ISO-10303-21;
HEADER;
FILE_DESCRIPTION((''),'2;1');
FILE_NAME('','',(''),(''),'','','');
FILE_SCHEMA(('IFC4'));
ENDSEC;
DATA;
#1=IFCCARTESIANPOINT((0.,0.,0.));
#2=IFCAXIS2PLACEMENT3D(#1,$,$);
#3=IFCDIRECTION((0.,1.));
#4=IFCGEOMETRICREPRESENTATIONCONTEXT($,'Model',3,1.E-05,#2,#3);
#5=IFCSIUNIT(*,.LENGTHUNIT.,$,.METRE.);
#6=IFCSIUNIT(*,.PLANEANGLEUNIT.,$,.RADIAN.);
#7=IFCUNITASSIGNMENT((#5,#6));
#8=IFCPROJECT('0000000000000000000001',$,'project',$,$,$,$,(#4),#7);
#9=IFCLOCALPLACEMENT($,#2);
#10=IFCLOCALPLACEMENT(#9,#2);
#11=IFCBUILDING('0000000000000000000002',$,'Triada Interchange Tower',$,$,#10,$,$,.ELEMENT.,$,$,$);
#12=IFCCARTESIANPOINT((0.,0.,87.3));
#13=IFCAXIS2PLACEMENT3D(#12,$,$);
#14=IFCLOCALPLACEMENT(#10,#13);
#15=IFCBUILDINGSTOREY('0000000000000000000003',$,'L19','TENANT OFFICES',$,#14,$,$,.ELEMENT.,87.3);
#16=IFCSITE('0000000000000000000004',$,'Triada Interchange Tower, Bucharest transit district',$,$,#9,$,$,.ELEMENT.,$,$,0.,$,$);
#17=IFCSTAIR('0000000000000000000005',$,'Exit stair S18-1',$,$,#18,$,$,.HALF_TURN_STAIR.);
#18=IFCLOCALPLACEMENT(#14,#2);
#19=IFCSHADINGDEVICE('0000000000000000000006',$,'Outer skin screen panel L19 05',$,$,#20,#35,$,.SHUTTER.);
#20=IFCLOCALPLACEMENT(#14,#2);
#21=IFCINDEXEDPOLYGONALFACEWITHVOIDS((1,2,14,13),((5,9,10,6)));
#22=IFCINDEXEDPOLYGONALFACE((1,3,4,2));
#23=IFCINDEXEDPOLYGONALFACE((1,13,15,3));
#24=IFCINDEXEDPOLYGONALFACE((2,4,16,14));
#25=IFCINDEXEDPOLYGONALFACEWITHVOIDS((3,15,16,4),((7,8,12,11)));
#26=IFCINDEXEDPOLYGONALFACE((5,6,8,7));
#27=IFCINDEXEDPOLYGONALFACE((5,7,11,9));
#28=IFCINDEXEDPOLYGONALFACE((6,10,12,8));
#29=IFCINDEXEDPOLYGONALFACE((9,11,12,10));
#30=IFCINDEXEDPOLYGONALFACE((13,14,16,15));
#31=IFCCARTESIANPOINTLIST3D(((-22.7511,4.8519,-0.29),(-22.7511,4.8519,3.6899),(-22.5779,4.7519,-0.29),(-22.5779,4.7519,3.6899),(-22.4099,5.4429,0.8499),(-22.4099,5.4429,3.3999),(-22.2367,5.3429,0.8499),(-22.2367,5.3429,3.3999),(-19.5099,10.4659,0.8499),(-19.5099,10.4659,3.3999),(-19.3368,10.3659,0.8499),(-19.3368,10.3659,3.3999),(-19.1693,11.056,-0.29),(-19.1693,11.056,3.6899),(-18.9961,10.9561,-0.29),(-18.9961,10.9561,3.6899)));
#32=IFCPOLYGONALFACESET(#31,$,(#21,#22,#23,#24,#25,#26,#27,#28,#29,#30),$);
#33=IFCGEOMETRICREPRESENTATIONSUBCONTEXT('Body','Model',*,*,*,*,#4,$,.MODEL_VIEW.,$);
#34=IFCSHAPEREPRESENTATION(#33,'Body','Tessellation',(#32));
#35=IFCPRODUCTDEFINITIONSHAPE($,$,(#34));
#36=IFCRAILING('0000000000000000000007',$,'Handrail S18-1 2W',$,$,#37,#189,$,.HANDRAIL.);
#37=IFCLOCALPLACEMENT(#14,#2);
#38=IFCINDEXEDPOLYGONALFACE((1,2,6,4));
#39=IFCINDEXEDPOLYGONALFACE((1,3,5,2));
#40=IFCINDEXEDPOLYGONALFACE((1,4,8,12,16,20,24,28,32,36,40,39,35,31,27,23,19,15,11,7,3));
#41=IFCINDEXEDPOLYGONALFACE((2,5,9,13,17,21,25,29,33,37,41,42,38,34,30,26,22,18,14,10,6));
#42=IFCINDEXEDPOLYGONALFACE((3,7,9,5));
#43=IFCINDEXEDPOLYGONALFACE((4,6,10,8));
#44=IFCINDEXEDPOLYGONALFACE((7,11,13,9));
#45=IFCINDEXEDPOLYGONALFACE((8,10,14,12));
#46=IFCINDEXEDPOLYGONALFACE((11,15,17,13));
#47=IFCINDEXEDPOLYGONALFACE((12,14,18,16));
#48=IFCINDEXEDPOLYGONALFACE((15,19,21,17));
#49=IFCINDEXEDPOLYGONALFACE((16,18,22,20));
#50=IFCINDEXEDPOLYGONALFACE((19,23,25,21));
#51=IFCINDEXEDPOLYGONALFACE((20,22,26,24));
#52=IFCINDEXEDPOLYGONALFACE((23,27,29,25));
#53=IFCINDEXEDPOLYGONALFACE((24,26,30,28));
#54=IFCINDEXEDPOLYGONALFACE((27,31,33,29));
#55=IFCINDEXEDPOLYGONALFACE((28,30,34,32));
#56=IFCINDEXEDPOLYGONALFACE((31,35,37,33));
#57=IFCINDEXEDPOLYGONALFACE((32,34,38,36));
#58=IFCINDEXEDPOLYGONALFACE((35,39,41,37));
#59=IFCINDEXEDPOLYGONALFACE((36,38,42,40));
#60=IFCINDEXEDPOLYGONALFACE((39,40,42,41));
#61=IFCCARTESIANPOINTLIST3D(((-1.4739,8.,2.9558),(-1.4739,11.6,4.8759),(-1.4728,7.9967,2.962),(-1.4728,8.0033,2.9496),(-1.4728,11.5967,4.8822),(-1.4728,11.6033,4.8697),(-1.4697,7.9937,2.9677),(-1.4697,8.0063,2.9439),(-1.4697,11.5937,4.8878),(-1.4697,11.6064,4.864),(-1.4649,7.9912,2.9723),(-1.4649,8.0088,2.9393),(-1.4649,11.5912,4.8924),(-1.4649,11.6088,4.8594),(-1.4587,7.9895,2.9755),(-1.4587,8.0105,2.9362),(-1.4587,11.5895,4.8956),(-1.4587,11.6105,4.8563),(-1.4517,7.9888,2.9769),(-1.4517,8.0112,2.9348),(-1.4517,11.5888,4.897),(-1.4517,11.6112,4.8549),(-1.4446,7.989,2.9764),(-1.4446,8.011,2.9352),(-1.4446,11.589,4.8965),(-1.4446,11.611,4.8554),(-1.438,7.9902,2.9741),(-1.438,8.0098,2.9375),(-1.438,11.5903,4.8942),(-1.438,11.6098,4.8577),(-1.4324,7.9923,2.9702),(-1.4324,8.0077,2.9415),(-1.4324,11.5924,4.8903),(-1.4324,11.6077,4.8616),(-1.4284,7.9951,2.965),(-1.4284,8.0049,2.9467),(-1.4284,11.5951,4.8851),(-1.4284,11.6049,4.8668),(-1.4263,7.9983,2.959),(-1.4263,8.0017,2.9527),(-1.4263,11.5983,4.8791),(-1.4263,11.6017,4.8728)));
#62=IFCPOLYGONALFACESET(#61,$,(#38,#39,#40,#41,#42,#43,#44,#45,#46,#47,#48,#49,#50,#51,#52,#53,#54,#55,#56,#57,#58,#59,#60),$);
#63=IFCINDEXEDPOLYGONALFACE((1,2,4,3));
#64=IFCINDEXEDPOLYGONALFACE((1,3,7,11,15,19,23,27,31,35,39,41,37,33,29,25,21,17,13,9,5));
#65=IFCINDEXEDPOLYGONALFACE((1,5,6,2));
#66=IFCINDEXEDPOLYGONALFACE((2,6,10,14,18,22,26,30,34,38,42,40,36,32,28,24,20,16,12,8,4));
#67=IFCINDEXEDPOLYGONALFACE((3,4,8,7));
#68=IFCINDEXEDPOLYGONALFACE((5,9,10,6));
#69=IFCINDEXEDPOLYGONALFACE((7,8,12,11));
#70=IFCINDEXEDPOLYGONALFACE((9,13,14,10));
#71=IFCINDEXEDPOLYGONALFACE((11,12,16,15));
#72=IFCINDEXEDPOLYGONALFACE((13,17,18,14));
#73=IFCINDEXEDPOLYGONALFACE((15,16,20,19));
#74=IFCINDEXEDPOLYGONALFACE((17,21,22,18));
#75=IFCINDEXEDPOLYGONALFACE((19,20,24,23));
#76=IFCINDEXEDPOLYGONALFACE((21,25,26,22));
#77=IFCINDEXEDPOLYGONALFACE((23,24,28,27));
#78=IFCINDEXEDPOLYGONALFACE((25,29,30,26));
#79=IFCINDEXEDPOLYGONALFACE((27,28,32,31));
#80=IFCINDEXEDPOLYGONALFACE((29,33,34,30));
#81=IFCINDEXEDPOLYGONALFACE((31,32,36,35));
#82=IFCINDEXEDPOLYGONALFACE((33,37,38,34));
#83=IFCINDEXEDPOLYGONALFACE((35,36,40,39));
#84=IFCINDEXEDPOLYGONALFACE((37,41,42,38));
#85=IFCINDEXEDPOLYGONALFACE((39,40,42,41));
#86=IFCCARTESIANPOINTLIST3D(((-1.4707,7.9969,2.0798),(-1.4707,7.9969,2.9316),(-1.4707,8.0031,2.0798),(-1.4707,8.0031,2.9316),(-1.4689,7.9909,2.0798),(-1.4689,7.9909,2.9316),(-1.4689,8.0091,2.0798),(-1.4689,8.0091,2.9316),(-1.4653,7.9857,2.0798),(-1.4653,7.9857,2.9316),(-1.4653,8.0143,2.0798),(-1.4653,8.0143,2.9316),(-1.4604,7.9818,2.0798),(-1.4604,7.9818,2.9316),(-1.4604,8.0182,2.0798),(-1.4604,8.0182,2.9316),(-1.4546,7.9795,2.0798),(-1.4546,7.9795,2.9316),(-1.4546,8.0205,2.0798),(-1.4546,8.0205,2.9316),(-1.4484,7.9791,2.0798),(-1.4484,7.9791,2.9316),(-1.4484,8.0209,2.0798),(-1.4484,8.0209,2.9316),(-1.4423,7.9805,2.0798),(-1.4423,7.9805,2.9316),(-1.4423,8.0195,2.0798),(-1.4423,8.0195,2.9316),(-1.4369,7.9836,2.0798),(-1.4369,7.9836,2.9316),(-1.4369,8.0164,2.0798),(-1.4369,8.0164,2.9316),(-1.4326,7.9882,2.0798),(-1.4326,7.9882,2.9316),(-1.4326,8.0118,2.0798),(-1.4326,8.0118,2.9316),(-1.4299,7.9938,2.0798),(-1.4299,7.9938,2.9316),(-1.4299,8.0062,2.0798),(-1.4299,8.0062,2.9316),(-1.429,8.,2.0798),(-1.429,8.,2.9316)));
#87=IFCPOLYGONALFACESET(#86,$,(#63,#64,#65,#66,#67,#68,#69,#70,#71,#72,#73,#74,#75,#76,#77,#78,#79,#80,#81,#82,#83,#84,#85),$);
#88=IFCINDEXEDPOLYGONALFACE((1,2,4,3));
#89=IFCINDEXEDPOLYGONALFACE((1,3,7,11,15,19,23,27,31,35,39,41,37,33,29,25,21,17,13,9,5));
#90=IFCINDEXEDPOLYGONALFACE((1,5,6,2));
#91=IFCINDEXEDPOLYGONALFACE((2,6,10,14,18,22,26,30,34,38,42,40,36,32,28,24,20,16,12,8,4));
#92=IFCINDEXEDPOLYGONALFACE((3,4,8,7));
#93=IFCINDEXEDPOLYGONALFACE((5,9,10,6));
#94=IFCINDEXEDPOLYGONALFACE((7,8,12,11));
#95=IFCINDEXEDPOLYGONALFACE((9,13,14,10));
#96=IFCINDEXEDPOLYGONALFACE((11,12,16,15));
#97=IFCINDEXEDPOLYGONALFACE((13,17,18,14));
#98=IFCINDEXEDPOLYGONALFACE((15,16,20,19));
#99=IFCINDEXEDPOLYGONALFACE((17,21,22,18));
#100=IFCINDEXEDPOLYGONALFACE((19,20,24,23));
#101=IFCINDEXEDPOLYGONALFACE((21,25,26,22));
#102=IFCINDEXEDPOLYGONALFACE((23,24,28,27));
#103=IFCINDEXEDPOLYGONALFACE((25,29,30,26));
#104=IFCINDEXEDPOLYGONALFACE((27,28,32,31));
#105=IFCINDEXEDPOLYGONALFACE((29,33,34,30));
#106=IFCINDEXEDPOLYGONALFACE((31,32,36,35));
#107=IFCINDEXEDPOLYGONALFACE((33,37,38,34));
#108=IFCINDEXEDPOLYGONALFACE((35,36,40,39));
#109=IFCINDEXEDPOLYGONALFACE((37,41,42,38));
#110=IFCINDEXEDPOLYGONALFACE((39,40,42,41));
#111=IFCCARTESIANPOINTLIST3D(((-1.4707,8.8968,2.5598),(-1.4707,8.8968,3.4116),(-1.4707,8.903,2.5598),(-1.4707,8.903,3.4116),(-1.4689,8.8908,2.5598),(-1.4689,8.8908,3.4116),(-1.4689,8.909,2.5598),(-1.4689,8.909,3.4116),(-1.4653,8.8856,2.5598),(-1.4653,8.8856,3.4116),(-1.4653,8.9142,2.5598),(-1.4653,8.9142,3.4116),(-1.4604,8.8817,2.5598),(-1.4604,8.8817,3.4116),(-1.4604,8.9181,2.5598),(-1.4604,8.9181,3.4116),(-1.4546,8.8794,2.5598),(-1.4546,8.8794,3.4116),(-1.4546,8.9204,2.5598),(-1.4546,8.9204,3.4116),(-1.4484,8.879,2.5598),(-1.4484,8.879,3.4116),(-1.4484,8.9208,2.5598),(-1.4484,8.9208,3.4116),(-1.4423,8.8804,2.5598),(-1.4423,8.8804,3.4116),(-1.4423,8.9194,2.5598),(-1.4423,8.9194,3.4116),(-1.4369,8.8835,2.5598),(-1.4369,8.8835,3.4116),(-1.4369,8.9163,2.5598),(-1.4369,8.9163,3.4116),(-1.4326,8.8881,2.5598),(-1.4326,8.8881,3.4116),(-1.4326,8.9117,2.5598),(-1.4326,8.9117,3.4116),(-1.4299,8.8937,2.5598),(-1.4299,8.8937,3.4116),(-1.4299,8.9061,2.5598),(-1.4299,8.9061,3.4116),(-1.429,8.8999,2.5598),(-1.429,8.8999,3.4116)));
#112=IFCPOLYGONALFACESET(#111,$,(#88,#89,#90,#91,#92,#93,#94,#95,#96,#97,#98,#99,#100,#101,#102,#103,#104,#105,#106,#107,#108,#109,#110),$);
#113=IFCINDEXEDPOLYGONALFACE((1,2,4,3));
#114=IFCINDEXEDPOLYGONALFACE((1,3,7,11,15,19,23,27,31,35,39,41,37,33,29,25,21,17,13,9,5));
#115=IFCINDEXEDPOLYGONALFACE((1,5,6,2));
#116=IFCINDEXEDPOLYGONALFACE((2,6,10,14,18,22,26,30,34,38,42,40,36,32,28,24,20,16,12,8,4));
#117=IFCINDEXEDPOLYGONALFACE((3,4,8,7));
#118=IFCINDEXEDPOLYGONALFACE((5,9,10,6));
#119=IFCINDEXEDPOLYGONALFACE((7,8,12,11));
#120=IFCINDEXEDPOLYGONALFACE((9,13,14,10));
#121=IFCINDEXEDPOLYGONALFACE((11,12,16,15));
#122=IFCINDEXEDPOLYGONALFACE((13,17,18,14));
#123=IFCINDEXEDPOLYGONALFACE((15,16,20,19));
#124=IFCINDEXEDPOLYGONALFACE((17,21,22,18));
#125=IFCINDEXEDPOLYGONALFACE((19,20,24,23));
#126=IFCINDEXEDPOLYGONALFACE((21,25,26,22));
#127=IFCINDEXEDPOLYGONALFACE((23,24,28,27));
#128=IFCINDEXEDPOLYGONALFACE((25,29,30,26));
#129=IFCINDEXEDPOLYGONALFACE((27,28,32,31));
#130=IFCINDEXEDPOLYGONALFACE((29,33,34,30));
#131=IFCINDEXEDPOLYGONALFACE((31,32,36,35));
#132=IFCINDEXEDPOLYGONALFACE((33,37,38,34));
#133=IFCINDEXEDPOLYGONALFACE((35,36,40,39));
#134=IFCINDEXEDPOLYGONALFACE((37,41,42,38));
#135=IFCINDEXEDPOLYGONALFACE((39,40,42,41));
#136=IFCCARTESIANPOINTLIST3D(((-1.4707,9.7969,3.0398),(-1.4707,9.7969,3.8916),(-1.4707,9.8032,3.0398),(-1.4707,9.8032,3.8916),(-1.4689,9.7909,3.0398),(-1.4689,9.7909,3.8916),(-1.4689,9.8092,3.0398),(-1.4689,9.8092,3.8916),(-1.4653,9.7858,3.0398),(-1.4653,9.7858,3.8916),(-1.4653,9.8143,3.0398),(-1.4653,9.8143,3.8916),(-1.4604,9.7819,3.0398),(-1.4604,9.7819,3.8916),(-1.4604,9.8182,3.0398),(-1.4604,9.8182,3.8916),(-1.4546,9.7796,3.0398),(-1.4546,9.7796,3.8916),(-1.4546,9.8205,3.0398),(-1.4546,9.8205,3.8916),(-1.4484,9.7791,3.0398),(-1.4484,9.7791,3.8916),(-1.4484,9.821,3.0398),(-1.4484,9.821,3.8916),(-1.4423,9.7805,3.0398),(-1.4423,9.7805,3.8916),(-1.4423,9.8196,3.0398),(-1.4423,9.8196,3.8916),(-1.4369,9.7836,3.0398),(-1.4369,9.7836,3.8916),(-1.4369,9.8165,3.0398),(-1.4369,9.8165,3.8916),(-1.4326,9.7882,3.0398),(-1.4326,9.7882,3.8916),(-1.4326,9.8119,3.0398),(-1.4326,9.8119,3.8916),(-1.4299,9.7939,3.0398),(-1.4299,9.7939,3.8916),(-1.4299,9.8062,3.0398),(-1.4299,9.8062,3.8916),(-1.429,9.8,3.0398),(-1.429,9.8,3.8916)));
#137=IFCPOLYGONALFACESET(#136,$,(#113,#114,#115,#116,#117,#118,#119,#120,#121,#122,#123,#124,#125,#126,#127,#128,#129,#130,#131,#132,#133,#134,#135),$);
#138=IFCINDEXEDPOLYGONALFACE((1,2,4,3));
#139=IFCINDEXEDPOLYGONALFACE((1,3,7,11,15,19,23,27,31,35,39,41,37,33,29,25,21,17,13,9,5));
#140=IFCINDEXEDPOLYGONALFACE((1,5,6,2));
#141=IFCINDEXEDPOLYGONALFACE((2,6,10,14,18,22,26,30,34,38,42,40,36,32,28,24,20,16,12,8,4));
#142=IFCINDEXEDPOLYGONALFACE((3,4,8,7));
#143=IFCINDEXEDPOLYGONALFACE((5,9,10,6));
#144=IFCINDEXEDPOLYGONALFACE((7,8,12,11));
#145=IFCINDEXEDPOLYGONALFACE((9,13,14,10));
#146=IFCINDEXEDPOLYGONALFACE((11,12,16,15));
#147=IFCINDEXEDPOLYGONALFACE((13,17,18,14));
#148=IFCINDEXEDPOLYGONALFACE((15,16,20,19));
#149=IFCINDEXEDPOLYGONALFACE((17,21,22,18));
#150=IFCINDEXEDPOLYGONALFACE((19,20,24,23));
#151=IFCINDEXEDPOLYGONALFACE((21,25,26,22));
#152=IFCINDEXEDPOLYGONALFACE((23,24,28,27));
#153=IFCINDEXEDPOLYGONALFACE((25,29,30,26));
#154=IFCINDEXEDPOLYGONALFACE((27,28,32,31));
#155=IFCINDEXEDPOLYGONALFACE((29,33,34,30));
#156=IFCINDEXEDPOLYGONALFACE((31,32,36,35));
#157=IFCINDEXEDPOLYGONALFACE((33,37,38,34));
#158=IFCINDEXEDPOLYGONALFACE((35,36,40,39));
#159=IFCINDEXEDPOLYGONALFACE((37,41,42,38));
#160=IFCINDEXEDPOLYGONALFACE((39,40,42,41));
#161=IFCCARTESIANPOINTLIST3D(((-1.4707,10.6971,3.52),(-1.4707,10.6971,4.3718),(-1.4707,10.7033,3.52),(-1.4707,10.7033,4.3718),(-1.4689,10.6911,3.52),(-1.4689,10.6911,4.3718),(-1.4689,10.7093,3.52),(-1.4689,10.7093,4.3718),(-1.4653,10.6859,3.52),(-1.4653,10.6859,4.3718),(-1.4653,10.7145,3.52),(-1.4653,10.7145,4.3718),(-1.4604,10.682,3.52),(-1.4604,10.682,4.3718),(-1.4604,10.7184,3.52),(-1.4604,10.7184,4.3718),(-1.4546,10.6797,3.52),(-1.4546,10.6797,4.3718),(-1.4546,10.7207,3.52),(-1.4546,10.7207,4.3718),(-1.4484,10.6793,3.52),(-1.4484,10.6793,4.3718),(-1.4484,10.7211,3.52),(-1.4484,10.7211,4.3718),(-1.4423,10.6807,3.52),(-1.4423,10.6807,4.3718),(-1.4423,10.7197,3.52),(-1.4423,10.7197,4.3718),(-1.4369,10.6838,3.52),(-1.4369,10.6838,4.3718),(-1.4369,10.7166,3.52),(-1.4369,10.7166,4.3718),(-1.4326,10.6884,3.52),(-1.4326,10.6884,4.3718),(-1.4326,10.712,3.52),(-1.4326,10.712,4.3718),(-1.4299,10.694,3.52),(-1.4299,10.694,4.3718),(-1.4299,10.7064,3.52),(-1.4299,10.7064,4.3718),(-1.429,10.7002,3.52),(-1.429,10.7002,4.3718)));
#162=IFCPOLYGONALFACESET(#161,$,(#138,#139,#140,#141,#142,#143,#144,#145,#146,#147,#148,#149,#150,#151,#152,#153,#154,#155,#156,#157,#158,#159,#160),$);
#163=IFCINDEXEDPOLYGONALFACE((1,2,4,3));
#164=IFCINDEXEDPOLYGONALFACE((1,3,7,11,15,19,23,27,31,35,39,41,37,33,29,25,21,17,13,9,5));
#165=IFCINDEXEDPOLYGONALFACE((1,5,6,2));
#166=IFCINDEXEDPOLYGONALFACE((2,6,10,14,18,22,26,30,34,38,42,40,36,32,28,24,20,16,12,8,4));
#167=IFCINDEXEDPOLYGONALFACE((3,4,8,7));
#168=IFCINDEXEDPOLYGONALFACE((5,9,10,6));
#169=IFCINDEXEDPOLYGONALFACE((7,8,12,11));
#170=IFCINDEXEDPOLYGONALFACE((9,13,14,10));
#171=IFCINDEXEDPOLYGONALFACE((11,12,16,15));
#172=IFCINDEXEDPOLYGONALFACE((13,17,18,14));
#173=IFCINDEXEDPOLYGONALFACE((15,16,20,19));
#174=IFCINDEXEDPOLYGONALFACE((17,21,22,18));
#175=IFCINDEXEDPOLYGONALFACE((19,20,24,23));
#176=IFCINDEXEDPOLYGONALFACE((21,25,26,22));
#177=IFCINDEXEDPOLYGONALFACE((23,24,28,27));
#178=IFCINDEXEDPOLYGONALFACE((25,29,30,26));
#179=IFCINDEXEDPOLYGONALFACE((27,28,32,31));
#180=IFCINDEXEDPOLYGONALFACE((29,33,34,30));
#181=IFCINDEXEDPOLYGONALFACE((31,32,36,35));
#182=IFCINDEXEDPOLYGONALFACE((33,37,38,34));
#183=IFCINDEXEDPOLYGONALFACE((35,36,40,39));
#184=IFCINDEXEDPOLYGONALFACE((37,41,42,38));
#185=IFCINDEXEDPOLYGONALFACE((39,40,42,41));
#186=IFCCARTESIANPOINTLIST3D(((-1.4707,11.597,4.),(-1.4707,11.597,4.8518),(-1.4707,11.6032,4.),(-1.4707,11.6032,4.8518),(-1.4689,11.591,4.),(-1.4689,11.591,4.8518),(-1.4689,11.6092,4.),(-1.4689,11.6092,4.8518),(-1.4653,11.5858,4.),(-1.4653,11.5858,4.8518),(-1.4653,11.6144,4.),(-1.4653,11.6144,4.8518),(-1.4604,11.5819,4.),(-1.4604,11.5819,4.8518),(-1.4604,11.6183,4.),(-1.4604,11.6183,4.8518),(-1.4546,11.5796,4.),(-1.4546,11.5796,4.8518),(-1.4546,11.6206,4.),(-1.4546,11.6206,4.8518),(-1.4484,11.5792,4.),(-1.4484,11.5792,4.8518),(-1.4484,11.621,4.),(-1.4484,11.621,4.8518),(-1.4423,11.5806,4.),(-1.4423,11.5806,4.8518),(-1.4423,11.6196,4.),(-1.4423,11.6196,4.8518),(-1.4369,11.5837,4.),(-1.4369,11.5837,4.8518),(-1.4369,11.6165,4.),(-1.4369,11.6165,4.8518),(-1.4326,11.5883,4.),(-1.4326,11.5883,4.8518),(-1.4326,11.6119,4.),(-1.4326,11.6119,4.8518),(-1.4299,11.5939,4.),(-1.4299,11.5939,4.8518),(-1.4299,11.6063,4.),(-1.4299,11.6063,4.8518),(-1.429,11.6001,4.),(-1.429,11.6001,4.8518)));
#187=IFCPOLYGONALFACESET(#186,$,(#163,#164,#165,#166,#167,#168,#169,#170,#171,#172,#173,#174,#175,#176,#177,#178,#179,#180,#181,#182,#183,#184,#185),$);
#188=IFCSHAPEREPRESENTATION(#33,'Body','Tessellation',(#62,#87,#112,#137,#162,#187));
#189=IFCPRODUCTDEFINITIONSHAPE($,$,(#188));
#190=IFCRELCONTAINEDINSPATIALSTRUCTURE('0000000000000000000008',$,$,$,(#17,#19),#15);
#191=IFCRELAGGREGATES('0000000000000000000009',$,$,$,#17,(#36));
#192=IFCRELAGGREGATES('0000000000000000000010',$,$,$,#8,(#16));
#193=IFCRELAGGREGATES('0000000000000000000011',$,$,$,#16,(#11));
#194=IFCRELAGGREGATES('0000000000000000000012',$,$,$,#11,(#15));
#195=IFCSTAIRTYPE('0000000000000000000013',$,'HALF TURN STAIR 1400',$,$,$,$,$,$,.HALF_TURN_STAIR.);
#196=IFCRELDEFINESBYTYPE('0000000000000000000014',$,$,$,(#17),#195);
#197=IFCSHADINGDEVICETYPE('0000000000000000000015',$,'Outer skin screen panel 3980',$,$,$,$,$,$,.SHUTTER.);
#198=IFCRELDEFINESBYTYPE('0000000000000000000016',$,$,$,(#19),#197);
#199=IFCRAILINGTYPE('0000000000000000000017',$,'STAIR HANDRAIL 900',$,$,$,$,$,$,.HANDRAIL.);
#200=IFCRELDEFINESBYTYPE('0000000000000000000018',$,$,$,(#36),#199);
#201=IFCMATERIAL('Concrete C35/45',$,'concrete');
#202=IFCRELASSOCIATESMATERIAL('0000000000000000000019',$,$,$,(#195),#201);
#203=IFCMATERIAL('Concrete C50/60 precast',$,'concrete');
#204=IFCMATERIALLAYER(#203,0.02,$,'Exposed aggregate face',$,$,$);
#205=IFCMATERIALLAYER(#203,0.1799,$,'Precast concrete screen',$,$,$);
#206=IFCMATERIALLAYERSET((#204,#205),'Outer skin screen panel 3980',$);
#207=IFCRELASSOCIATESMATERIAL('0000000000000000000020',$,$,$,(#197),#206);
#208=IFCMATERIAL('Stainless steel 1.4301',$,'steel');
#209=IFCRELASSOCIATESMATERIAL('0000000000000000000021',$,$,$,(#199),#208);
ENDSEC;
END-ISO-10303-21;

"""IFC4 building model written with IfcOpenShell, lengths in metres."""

from ifc_helpers import new_model, si_unit, direction, frame, origin, origin_2d, place, context, subcontext, project, spatial, polyline, circle, outline, extrude, material, layer, layer_set, type_object, element, aggregate, save


model = new_model("IFC4")

# Units and contexts
model_context = context("Model", 3, precision=1e-05, world=origin(), true_north=direction((0.0, 1.0)))
body_context = subcontext(model_context, "Body", "Model", "MODEL_VIEW")
ifc_project = project(units=[si_unit("LENGTHUNIT", "METRE"), si_unit("PLANEANGLEUNIT", "RADIAN")], contexts=[model_context])

# Site, building, storey
site_placement = place(None, origin())
site = spatial("IfcSite", under=ifc_project, at=site_placement, Name="Triada Interchange Tower, Bucharest transit district", CompositionType="ELEMENT", RefElevation=0.0)
building_placement = place(site_placement, origin())
building = spatial("IfcBuilding", under=site, at=building_placement, Name="Triada Interchange Tower", CompositionType="ELEMENT")
storey_placement = place(building_placement, frame((0.0, 0.0, 87.3)))
storey = spatial("IfcBuildingStorey", under=building, at=storey_placement, Name="L19", Description="TENANT OFFICES", CompositionType="ELEMENT", Elevation=87.3)

# Stair
ifc_material_1 = material(Name="Concrete C35/45", Category="concrete")
stair_type = type_object("IfcStairType", Name="HALF TURN STAIR 1400", PredefinedType="HALF_TURN_STAIR", material=ifc_material_1)
stair_placement = place(storey_placement, origin())
stair = element("IfcStair", 1, at=stair_placement, inside=storey, type_object=stair_type, Name="Exit stair S18-1", PredefinedType="HALF_TURN_STAIR")

# Shading device
ifc_material_2 = material(Name="Concrete C50/60 precast", Category="concrete")
ifc_layer_1 = layer(ifc_material_2, 0.02, Name="Exposed aggregate face")
ifc_layer_2 = layer(ifc_material_2, 0.1799, Name="Precast concrete screen")
ifc_layer_set_1 = layer_set([ifc_layer_1, ifc_layer_2], Name="Outer skin screen panel 3980")
shading_device_type = type_object("IfcShadingDeviceType", Name="Outer skin screen panel 3980", PredefinedType="SHUTTER", material=ifc_layer_set_1)
shading_device_1_placement = place(storey_placement, frame((-18.9961, 10.9561, -0.29), z_axis=(0.0, 0.0, 1.0), x_axis=(-0.499984, -0.866035, 0.0)))
element("IfcShadingDevice", 2, at=shading_device_1_placement, inside=storey, type_object=shading_device_type, Name="Outer skin screen panel L19 05", PredefinedType="SHUTTER", context=body_context, shape_type="SweptSolid", body=[
    extrude(outline(polyline([(0.0, 0.0), (7.1638, 0.0), (7.1638, 3.98), (0.0, 3.98), (0.0, 0.0)]), holes=[polyline([(0.6814, 1.1399), (0.6814, 3.6899), (6.4814, 3.6899), (6.4814, 1.1399), (0.6814, 1.1399)])]), frame((0.0, 0.0, 0.0), z_axis=(0.0, -1.0, 0.0), x_axis=(1.0, 0.0, 0.0)), (0.0, 0.0, 1.0), 0.2),
])

# Railing
ifc_material_3 = material(Name="Stainless steel 1.4301", Category="steel")
railing_type = type_object("IfcRailingType", Name="STAIR HANDRAIL 900", PredefinedType="HANDRAIL", material=ifc_material_3)
railing_1_placement = place(storey_placement, frame((-1.45, 8.0, 2.0798)))
railing_1 = element("IfcRailing", 3, at=railing_1_placement, type_object=railing_type, Name="Handrail S18-1 2W", PredefinedType="HANDRAIL", context=body_context, shape_type="SweptSolid", body=[
    extrude(circle(Radius=0.0239, at=origin_2d()), frame((0.0, 0.0, 0.876), z_axis=(0.0, 0.882341, 0.47061), x_axis=(-1.0, 0.0, 0.0)), (0.0, 0.0, 1.0), 4.0801),
    extrude(circle(Radius=0.021, at=origin_2d()), origin(), (0.0, 0.0, 1.0), 0.8518),
    extrude(circle(Radius=0.021, at=origin_2d()), frame((0.0, 0.8999, 0.48)), (0.0, 0.0, 1.0), 0.8518),
    extrude(circle(Radius=0.021, at=origin_2d()), frame((0.0, 1.8, 0.96)), (0.0, 0.0, 1.0), 0.8518),
    extrude(circle(Radius=0.021, at=origin_2d()), frame((0.0, 2.7002, 1.4402)), (0.0, 0.0, 1.0), 0.8518),
    extrude(circle(Radius=0.021, at=origin_2d()), frame((0.0, 3.6001, 1.9202)), (0.0, 0.0, 1.0), 0.8518),
])
aggregate(stair, [railing_1])

save(model, "model.ifc")
